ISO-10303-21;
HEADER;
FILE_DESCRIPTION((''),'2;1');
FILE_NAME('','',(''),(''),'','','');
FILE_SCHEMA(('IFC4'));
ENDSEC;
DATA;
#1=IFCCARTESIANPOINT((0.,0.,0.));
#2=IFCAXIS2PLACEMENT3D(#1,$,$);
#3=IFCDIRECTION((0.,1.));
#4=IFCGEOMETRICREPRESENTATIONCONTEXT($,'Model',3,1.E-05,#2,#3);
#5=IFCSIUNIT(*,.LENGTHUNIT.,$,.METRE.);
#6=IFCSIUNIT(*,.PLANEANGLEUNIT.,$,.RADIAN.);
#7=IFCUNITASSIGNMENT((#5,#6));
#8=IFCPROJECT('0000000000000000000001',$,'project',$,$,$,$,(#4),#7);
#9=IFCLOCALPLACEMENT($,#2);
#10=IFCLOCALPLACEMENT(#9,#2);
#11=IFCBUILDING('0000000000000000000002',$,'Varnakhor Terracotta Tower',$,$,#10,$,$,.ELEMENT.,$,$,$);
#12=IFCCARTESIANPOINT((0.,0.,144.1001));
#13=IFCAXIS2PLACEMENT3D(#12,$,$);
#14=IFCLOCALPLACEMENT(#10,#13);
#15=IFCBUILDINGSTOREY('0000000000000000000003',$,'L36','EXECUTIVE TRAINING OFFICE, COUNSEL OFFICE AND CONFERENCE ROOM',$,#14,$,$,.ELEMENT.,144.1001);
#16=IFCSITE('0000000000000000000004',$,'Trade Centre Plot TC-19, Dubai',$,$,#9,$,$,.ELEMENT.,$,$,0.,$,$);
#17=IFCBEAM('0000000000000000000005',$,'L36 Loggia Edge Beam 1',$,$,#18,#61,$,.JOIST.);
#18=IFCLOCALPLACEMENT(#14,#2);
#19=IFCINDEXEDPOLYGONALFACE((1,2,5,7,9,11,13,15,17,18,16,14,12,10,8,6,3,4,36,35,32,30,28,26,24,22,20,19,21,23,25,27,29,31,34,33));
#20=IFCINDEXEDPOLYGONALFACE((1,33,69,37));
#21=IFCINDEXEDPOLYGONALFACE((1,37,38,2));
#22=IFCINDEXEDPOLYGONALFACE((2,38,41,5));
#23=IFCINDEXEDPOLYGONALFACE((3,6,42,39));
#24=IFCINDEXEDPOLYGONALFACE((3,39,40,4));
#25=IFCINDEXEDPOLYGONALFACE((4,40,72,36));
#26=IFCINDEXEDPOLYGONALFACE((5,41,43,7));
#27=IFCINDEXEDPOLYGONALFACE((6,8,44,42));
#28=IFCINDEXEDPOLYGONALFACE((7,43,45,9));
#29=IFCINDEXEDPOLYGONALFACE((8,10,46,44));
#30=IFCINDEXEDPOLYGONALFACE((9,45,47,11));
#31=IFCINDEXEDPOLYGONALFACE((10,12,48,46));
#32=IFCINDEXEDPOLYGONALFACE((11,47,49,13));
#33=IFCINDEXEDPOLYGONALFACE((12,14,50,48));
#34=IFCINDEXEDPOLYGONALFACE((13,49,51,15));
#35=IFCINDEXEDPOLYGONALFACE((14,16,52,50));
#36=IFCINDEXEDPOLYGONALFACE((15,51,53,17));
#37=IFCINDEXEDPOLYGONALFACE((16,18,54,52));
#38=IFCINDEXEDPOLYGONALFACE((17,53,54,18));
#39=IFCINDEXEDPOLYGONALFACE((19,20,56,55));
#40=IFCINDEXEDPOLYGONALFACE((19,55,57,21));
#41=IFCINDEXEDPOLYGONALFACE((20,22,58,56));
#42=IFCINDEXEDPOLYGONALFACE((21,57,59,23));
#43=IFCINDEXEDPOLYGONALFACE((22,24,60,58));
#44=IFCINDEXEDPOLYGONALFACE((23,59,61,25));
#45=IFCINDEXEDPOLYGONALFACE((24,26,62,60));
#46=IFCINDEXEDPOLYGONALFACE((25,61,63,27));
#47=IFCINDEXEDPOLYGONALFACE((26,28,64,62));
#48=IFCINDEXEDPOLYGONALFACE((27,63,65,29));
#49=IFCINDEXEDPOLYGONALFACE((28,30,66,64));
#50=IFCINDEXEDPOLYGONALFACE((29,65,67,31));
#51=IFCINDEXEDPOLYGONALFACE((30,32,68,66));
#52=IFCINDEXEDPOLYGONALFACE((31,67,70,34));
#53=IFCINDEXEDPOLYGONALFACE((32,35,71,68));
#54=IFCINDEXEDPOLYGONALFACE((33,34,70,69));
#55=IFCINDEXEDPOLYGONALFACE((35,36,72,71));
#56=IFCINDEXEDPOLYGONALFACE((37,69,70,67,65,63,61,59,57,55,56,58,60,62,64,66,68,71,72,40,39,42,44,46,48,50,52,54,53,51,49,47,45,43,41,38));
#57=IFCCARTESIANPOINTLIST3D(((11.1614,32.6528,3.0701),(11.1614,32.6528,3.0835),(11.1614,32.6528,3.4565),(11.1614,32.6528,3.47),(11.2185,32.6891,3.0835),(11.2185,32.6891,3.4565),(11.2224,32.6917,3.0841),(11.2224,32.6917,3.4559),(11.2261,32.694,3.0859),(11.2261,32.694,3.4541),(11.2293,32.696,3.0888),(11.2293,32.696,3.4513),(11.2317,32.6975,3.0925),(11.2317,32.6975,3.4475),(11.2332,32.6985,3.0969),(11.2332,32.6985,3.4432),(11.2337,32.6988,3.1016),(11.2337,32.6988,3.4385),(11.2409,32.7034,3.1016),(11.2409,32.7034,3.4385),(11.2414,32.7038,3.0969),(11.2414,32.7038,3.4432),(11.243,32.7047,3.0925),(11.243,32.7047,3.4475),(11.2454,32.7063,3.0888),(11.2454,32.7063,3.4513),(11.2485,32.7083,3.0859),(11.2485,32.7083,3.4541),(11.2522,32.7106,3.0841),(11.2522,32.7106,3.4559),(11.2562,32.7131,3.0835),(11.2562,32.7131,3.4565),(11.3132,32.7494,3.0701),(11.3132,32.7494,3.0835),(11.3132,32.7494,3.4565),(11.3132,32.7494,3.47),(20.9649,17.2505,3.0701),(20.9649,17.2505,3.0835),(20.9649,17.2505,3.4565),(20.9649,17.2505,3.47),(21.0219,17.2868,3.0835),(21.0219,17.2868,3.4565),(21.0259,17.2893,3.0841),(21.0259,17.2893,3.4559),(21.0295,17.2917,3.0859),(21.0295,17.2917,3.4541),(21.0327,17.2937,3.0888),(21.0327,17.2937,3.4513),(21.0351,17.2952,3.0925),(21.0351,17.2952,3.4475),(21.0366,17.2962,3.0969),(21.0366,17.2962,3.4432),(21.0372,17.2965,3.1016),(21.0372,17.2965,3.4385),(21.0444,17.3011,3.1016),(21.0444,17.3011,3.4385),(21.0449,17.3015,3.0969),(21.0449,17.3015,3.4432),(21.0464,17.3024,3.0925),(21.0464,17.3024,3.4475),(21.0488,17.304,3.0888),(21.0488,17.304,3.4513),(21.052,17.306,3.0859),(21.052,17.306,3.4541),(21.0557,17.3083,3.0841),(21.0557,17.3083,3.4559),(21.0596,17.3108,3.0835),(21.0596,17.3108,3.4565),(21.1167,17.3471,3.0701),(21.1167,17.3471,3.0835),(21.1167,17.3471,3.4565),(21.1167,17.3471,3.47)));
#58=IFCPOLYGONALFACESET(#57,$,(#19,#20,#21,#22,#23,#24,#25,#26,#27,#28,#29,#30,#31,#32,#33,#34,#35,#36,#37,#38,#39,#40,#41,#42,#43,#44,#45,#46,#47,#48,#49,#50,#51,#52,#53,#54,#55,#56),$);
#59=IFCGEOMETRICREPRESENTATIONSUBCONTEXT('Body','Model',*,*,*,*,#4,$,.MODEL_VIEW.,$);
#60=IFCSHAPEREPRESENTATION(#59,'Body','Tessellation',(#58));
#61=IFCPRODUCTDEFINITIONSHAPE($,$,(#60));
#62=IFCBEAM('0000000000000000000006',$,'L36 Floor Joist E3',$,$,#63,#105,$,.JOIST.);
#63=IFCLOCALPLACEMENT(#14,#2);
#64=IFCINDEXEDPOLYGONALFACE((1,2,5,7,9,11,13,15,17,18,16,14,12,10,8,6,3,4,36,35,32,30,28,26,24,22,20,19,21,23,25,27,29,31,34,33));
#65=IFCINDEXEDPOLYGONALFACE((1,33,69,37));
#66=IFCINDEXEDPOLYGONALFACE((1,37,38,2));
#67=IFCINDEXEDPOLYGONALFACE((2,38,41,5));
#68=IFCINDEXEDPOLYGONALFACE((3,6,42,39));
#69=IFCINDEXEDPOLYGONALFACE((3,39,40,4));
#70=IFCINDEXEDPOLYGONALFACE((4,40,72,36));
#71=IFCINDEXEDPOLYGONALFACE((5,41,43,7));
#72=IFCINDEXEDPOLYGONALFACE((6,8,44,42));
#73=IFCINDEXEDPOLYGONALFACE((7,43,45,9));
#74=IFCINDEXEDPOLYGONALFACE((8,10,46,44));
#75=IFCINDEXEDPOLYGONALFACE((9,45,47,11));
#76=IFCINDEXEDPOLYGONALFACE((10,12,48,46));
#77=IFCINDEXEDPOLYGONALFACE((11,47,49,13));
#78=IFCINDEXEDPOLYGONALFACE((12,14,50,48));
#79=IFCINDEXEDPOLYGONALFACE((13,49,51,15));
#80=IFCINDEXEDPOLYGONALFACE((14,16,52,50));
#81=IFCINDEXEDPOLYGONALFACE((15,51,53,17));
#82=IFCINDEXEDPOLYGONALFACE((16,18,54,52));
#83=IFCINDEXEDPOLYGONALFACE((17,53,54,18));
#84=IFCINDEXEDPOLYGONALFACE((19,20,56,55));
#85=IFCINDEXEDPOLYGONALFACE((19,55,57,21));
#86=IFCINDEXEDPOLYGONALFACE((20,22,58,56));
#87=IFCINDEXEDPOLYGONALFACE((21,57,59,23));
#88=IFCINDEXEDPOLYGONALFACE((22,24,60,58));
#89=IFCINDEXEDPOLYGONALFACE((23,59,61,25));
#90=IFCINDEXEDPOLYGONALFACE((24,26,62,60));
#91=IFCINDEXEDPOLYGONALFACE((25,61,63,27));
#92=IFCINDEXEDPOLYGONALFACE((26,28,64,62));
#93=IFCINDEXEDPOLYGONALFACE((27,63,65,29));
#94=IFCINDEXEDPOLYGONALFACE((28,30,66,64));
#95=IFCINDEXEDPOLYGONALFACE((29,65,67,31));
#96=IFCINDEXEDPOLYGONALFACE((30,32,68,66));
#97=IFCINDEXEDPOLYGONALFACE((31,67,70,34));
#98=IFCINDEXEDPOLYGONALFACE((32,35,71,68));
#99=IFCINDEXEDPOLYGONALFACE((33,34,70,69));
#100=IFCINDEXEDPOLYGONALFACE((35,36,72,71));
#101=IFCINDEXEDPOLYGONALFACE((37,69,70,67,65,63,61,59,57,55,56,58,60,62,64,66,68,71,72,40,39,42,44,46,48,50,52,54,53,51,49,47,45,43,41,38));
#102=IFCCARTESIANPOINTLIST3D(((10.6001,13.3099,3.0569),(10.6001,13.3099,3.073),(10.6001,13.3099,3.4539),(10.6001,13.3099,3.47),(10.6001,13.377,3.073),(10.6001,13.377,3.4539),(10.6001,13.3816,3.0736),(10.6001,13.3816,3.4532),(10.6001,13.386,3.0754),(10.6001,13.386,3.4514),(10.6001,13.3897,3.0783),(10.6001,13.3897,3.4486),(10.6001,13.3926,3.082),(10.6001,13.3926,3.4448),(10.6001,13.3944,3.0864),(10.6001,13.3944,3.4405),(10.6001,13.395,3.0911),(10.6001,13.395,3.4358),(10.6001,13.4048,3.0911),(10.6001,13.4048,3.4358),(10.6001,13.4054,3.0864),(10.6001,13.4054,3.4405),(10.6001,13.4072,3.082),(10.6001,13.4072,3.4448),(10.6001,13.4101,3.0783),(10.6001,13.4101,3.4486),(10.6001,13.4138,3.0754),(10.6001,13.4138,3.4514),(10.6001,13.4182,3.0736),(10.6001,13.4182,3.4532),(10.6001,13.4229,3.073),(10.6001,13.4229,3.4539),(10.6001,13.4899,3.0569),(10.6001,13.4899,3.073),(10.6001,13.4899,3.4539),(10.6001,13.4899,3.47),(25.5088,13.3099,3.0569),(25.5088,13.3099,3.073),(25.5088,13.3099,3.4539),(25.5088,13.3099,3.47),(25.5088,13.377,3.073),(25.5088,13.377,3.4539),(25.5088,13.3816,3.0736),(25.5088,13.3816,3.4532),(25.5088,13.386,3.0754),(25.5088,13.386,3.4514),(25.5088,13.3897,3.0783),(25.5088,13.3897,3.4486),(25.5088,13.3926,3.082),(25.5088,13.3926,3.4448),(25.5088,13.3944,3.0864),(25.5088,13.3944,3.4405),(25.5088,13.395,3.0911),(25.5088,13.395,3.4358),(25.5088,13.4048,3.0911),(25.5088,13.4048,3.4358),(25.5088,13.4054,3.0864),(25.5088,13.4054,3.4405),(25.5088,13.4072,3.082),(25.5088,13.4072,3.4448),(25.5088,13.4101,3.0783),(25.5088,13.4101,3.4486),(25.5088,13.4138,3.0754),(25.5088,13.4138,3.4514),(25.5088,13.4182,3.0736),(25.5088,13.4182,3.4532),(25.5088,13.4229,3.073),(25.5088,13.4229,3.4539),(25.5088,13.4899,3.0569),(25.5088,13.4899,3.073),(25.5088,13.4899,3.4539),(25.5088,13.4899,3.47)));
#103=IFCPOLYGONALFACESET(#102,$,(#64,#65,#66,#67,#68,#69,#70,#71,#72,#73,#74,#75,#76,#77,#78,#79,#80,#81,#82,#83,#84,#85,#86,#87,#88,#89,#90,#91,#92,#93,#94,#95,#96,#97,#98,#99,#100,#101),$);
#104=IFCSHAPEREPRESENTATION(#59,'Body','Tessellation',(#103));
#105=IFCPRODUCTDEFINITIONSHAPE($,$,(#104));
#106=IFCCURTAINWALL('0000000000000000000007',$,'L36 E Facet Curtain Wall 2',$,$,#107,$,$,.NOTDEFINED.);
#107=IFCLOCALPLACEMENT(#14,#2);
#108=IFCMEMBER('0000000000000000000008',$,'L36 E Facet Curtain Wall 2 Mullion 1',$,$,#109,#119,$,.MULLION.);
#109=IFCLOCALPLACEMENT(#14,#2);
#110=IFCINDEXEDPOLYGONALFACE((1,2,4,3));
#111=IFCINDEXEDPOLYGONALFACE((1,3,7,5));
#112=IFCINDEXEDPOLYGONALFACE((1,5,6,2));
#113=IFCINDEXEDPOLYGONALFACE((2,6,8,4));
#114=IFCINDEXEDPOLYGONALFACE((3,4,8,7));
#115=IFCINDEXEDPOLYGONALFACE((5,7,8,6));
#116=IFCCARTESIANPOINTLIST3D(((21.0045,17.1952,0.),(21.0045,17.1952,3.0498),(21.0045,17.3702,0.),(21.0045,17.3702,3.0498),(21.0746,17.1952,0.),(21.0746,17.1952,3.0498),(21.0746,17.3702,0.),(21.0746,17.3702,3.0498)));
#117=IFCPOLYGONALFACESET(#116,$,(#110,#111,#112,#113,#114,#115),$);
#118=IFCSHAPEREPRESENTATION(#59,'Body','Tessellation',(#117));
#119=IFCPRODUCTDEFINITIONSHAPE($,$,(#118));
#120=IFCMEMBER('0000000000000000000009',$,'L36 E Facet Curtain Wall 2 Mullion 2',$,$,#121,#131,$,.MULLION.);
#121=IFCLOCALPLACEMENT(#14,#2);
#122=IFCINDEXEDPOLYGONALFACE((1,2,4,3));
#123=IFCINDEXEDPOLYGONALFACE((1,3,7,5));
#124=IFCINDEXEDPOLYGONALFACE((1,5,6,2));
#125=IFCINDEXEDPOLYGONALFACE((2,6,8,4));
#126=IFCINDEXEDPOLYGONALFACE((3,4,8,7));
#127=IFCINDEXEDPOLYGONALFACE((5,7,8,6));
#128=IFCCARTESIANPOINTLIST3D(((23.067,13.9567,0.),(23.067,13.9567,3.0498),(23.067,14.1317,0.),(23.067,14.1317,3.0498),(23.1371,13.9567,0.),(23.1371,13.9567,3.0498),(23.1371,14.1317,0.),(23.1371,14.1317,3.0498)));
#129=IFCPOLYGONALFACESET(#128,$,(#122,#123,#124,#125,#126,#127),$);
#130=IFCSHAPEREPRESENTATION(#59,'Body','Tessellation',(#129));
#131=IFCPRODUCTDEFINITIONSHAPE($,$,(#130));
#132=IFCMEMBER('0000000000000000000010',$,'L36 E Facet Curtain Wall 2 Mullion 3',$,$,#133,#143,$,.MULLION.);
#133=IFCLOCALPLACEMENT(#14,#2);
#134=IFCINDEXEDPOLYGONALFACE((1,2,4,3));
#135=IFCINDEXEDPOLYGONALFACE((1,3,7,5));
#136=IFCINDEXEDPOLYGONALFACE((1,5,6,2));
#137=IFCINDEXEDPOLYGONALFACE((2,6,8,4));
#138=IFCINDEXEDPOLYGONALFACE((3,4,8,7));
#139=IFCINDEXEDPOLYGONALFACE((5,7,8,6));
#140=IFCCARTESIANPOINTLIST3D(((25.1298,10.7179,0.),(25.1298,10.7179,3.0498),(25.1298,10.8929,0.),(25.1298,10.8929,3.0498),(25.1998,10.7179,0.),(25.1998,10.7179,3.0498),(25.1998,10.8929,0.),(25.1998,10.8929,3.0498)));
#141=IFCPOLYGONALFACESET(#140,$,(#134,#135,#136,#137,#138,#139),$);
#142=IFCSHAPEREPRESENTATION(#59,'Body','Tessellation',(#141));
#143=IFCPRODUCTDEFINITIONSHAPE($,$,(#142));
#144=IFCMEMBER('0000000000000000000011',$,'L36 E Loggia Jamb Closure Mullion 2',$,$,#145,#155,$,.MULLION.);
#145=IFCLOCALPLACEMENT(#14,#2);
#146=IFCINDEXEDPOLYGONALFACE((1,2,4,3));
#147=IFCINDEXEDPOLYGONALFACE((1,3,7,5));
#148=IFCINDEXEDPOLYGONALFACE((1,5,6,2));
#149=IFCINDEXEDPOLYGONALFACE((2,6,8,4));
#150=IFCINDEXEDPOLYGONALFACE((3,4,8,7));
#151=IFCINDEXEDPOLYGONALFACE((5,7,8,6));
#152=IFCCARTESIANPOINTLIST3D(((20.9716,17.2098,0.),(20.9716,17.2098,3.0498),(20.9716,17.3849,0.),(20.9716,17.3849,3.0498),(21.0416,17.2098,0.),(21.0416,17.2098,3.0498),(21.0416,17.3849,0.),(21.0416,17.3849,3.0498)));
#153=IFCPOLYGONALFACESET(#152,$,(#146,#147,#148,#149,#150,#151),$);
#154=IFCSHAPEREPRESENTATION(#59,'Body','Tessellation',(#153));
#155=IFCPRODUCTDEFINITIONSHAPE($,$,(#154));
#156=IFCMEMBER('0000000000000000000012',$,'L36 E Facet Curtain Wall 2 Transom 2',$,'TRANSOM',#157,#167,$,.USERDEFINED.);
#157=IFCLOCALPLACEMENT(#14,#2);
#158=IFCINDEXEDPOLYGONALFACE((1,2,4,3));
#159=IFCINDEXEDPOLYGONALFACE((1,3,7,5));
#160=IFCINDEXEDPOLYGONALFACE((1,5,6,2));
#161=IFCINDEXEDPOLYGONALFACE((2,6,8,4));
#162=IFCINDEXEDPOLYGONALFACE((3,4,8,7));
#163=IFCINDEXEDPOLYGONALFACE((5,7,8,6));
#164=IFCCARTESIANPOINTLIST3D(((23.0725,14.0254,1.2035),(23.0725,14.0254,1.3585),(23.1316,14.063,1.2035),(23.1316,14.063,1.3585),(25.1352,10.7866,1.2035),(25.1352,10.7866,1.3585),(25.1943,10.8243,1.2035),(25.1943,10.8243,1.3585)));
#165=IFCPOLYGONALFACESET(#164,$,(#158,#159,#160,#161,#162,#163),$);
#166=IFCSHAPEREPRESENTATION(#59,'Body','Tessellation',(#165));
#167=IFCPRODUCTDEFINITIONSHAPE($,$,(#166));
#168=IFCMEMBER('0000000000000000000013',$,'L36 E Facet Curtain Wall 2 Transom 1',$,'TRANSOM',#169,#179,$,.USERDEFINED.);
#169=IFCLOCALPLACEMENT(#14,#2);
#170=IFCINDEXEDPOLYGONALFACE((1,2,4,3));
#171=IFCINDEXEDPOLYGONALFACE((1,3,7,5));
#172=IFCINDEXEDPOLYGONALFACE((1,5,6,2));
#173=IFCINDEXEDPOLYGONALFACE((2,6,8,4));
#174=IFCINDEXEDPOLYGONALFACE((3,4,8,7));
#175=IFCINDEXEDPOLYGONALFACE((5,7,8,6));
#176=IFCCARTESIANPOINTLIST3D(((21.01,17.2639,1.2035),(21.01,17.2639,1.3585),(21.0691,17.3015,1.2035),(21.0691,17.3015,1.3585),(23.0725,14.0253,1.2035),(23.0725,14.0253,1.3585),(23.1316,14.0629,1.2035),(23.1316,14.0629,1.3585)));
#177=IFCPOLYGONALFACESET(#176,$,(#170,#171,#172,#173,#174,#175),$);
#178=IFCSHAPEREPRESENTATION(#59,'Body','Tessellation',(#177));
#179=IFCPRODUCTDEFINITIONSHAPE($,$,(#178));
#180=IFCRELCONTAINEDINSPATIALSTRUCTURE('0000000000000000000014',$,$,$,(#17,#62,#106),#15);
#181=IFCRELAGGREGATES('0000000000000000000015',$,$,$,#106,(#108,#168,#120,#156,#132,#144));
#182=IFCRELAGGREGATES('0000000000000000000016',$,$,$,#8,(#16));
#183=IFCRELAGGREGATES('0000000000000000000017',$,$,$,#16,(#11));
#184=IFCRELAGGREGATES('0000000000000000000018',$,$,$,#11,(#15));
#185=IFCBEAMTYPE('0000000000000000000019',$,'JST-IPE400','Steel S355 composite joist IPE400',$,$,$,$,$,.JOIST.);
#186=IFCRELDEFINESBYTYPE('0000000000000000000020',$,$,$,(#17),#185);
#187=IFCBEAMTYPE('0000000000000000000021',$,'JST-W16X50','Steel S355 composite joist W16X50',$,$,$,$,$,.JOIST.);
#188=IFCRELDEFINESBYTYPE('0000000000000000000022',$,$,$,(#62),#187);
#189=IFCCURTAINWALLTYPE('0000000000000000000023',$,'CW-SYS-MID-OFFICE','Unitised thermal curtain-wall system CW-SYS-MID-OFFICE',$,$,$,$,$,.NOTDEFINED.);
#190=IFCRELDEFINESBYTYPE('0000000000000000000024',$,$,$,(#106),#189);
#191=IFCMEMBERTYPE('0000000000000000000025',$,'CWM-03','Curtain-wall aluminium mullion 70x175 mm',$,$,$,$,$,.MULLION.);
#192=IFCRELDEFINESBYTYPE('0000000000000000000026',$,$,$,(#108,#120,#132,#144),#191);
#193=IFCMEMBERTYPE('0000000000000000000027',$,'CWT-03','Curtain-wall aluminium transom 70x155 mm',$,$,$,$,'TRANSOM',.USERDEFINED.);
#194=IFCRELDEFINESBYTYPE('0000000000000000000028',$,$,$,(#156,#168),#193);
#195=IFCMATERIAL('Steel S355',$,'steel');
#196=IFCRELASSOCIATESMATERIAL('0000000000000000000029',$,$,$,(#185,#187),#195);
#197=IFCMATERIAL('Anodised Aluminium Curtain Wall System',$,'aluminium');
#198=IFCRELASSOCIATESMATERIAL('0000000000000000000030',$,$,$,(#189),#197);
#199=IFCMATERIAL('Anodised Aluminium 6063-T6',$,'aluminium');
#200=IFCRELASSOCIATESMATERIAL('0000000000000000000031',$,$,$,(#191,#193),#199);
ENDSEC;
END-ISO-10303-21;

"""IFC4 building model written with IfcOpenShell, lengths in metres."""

from ifc_helpers import new_model, si_unit, direction, frame, origin, origin_2d, place, context, subcontext, project, spatial, rectangle, i_section, extrude, source, transform, mapped, material, material_profile, profile_set, type_object, type_shapes, element, aggregate, save


model = new_model("IFC4")

# Units and contexts
model_context = context("Model", 3, precision=1e-05, world=origin(), true_north=direction((0.0, 1.0)))
body_context = subcontext(model_context, "Body", "Model", "MODEL_VIEW")
ifc_project = project(units=[si_unit("LENGTHUNIT", "METRE"), si_unit("PLANEANGLEUNIT", "RADIAN")], contexts=[model_context])

# Site, building, storey
site_placement = place(None, origin())
site = spatial("IfcSite", under=ifc_project, at=site_placement, Name="Trade Centre Plot TC-19, Dubai", CompositionType="ELEMENT", RefElevation=0.0)
building_placement = place(site_placement, origin())
building = spatial("IfcBuilding", under=site, at=building_placement, Name="Varnakhor Terracotta Tower", CompositionType="ELEMENT")
storey_placement = place(building_placement, frame((0.0, 0.0, 144.1001)))
storey = spatial("IfcBuildingStorey", under=building, at=storey_placement, Name="L36", Description="EXECUTIVE TRAINING OFFICE, COUNSEL OFFICE AND CONFERENCE ROOM", CompositionType="ELEMENT", Elevation=144.1001)

# Beams
ifc_material_1 = material(Name="Steel S355", Category="steel")
ifc_material_profile_1 = material_profile(ifc_material_1, i_section(OverallWidth=0.1799, OverallDepth=0.3999, WebThickness=0.0085, FlangeThickness=0.0134, FilletRadius=0.0181, at=origin_2d()), Name="IPE400")
ifc_profile_set_1 = profile_set([ifc_material_profile_1], Name="Steel S355")
beam_type_1 = type_object("IfcBeamType", Name="JST-IPE400", Description="Steel S355 composite joist IPE400", PredefinedType="JOIST", material=ifc_profile_set_1)
shared_shape_1 = source(origin(), body_context, "Body", "SweptSolid", [
    extrude(i_section(OverallWidth=0.1799, OverallDepth=0.3999, WebThickness=0.0085, FlangeThickness=0.0134, FilletRadius=0.0181, at=origin_2d()), origin(), (0.0, 0.0, 1.0), 18.2576),
])
beam_1_placement = place(storey_placement, frame((21.0408, 17.2988, 3.27), z_axis=(-0.536952, 0.843612, 0.0), x_axis=(-0.843612, -0.536952, 0.0)))
element("IfcBeam", 1, at=beam_1_placement, inside=storey, type_object=beam_type_1, Name="L36 Loggia Edge Beam 1", PredefinedType="JOIST", context=body_context, shape_type="MappedRepresentation", body=[
    mapped(shared_shape_1, transform((0.0, 0.0, 0.0), scale=1.0)),
])
ifc_material_profile_2 = material_profile(ifc_material_1, i_section(OverallWidth=0.1799, OverallDepth=0.4131, WebThickness=0.0098, FlangeThickness=0.0161, FilletRadius=0.0181, at=origin_2d()), Name="W16X50")
ifc_profile_set_2 = profile_set([ifc_material_profile_2], Name="Steel S355")
beam_type_2 = type_object("IfcBeamType", Name="JST-W16X50", Description="Steel S355 composite joist W16X50", PredefinedType="JOIST", material=ifc_profile_set_2)
shared_shape_2 = source(origin(), body_context, "Body", "SweptSolid", [
    extrude(i_section(OverallWidth=0.1799, OverallDepth=0.4131, WebThickness=0.0098, FlangeThickness=0.0161, FilletRadius=0.0181, at=origin_2d()), origin(), (0.0, 0.0, 1.0), 14.9087),
])
beam_2_placement = place(storey_placement, frame((10.6001, 13.3999, 3.2634), z_axis=(1.0, 0.0, 0.0), x_axis=(0.0, 1.0, 0.0)))
element("IfcBeam", 2, at=beam_2_placement, inside=storey, type_object=beam_type_2, Name="L36 Floor Joist E3", PredefinedType="JOIST", context=body_context, shape_type="MappedRepresentation", body=[
    mapped(shared_shape_2, transform((0.0, 0.0, 0.0), scale=1.0)),
])

# Curtain wall, members
ifc_material_2 = material(Name="Anodised Aluminium Curtain Wall System", Category="aluminium")
curtain_wall_type = type_object("IfcCurtainWallType", Name="CW-SYS-MID-OFFICE", Description="Unitised thermal curtain-wall system CW-SYS-MID-OFFICE", PredefinedType="NOTDEFINED", material=ifc_material_2)
curtain_wall_placement = place(storey_placement, origin())
curtain_wall = element("IfcCurtainWall", 3, at=curtain_wall_placement, inside=storey, type_object=curtain_wall_type, Name="L36 E Facet Curtain Wall 2", PredefinedType="NOTDEFINED")
ifc_material_3 = material(Name="Anodised Aluminium 6063-T6", Category="aluminium")
ifc_material_profile_3 = material_profile(ifc_material_3, rectangle(XDim=0.0701, YDim=0.175, at=origin_2d()), Name="ALU MULLION 70x175")
ifc_profile_set_3 = profile_set([ifc_material_profile_3], Name="Anodised Aluminium 6063-T6")
member_type_1 = type_object("IfcMemberType", Name="CWM-03", Description="Curtain-wall aluminium mullion 70x175 mm", PredefinedType="MULLION", material=ifc_profile_set_3)
shared_shape_3 = source(origin(), body_context, "Body", "SweptSolid", [
    extrude(rectangle(XDim=0.0701, YDim=0.175, at=origin_2d()), origin(), (0.0, 0.0, 1.0), 3.0498),
])
type_shapes(member_type_1, [shared_shape_3])
member_1_placement = place(storey_placement, frame((21.0396, 17.2827, 0.0), z_axis=(0.0, 0.0, 1.0), x_axis=(1.0, 0.0, 0.0)))
member_1 = element("IfcMember", 4, at=member_1_placement, type_object=member_type_1, Name="L36 E Facet Curtain Wall 2 Mullion 1", PredefinedType="MULLION", context=body_context, shape_type="MappedRepresentation", body=[
    mapped(shared_shape_3, transform((0.0, 0.0, 0.0), scale=1.0)),
])
member_2_placement = place(storey_placement, frame((23.1021, 14.0442, 0.0), z_axis=(0.0, 0.0, 1.0), x_axis=(1.0, 0.0, 0.0)))
member_2 = element("IfcMember", 5, at=member_2_placement, type_object=member_type_1, Name="L36 E Facet Curtain Wall 2 Mullion 2", PredefinedType="MULLION", context=body_context, shape_type="MappedRepresentation", body=[
    mapped(shared_shape_3, transform((0.0, 0.0, 0.0), scale=1.0)),
])
member_3_placement = place(storey_placement, frame((25.1648, 10.8054, 0.0), z_axis=(0.0, 0.0, 1.0), x_axis=(1.0, 0.0, 0.0)))
member_3 = element("IfcMember", 6, at=member_3_placement, type_object=member_type_1, Name="L36 E Facet Curtain Wall 2 Mullion 3", PredefinedType="MULLION", context=body_context, shape_type="MappedRepresentation", body=[
    mapped(shared_shape_3, transform((0.0, 0.0, 0.0), scale=1.0)),
])
member_4_placement = place(storey_placement, frame((21.0066, 17.2974, 0.0), z_axis=(0.0, 0.0, 1.0), x_axis=(1.0, 0.0, 0.0)))
member_4 = element("IfcMember", 7, at=member_4_placement, type_object=member_type_1, Name="L36 E Loggia Jamb Closure Mullion 2", PredefinedType="MULLION", context=body_context, shape_type="MappedRepresentation", body=[
    mapped(shared_shape_3, transform((0.0, 0.0, 0.0), scale=1.0)),
])
ifc_material_profile_4 = material_profile(ifc_material_3, rectangle(XDim=0.0701, YDim=0.155, at=origin_2d()), Name="ALU TRANSOM 70x155")
ifc_profile_set_4 = profile_set([ifc_material_profile_4], Name="Anodised Aluminium 6063-T6")
member_type_2 = type_object("IfcMemberType", Name="CWT-03", Description="Curtain-wall aluminium transom 70x155 mm", ElementType="TRANSOM", PredefinedType="USERDEFINED", material=ifc_profile_set_4)
shared_shape_4 = source(origin(), body_context, "Body", "SweptSolid", [
    extrude(rectangle(XDim=0.0701, YDim=0.155, at=origin_2d()), origin(), (0.0, 0.0, 1.0), 3.8398),
])
member_5_placement = place(storey_placement, frame((23.1021, 14.0442, 1.281), z_axis=(0.537192, -0.84346, 0.0), x_axis=(0.84346, 0.537192, 0.0)))
member_5 = element("IfcMember", 8, at=member_5_placement, type_object=member_type_2, Name="L36 E Facet Curtain Wall 2 Transom 2", ObjectType="TRANSOM", PredefinedType="USERDEFINED", context=body_context, shape_type="MappedRepresentation", body=[
    mapped(shared_shape_4, transform((0.0, 0.0, 0.0), scale=1.0)),
])
shared_shape_5 = source(origin(), body_context, "Body", "SweptSolid", [
    extrude(rectangle(XDim=0.0701, YDim=0.155, at=origin_2d()), origin(), (0.0, 0.0, 1.0), 3.8396),
])
member_6_placement = place(storey_placement, frame((21.0396, 17.2827, 1.281), z_axis=(0.537176, -0.84347, 0.0), x_axis=(0.84347, 0.537176, 0.0)))
member_6 = element("IfcMember", 9, at=member_6_placement, type_object=member_type_2, Name="L36 E Facet Curtain Wall 2 Transom 1", ObjectType="TRANSOM", PredefinedType="USERDEFINED", context=body_context, shape_type="MappedRepresentation", body=[
    mapped(shared_shape_5, transform((0.0, 0.0, 0.0), scale=1.0)),
])

aggregate(curtain_wall, [member_1, member_6, member_2, member_5, member_3, member_4])

save(model, "model.ifc")
